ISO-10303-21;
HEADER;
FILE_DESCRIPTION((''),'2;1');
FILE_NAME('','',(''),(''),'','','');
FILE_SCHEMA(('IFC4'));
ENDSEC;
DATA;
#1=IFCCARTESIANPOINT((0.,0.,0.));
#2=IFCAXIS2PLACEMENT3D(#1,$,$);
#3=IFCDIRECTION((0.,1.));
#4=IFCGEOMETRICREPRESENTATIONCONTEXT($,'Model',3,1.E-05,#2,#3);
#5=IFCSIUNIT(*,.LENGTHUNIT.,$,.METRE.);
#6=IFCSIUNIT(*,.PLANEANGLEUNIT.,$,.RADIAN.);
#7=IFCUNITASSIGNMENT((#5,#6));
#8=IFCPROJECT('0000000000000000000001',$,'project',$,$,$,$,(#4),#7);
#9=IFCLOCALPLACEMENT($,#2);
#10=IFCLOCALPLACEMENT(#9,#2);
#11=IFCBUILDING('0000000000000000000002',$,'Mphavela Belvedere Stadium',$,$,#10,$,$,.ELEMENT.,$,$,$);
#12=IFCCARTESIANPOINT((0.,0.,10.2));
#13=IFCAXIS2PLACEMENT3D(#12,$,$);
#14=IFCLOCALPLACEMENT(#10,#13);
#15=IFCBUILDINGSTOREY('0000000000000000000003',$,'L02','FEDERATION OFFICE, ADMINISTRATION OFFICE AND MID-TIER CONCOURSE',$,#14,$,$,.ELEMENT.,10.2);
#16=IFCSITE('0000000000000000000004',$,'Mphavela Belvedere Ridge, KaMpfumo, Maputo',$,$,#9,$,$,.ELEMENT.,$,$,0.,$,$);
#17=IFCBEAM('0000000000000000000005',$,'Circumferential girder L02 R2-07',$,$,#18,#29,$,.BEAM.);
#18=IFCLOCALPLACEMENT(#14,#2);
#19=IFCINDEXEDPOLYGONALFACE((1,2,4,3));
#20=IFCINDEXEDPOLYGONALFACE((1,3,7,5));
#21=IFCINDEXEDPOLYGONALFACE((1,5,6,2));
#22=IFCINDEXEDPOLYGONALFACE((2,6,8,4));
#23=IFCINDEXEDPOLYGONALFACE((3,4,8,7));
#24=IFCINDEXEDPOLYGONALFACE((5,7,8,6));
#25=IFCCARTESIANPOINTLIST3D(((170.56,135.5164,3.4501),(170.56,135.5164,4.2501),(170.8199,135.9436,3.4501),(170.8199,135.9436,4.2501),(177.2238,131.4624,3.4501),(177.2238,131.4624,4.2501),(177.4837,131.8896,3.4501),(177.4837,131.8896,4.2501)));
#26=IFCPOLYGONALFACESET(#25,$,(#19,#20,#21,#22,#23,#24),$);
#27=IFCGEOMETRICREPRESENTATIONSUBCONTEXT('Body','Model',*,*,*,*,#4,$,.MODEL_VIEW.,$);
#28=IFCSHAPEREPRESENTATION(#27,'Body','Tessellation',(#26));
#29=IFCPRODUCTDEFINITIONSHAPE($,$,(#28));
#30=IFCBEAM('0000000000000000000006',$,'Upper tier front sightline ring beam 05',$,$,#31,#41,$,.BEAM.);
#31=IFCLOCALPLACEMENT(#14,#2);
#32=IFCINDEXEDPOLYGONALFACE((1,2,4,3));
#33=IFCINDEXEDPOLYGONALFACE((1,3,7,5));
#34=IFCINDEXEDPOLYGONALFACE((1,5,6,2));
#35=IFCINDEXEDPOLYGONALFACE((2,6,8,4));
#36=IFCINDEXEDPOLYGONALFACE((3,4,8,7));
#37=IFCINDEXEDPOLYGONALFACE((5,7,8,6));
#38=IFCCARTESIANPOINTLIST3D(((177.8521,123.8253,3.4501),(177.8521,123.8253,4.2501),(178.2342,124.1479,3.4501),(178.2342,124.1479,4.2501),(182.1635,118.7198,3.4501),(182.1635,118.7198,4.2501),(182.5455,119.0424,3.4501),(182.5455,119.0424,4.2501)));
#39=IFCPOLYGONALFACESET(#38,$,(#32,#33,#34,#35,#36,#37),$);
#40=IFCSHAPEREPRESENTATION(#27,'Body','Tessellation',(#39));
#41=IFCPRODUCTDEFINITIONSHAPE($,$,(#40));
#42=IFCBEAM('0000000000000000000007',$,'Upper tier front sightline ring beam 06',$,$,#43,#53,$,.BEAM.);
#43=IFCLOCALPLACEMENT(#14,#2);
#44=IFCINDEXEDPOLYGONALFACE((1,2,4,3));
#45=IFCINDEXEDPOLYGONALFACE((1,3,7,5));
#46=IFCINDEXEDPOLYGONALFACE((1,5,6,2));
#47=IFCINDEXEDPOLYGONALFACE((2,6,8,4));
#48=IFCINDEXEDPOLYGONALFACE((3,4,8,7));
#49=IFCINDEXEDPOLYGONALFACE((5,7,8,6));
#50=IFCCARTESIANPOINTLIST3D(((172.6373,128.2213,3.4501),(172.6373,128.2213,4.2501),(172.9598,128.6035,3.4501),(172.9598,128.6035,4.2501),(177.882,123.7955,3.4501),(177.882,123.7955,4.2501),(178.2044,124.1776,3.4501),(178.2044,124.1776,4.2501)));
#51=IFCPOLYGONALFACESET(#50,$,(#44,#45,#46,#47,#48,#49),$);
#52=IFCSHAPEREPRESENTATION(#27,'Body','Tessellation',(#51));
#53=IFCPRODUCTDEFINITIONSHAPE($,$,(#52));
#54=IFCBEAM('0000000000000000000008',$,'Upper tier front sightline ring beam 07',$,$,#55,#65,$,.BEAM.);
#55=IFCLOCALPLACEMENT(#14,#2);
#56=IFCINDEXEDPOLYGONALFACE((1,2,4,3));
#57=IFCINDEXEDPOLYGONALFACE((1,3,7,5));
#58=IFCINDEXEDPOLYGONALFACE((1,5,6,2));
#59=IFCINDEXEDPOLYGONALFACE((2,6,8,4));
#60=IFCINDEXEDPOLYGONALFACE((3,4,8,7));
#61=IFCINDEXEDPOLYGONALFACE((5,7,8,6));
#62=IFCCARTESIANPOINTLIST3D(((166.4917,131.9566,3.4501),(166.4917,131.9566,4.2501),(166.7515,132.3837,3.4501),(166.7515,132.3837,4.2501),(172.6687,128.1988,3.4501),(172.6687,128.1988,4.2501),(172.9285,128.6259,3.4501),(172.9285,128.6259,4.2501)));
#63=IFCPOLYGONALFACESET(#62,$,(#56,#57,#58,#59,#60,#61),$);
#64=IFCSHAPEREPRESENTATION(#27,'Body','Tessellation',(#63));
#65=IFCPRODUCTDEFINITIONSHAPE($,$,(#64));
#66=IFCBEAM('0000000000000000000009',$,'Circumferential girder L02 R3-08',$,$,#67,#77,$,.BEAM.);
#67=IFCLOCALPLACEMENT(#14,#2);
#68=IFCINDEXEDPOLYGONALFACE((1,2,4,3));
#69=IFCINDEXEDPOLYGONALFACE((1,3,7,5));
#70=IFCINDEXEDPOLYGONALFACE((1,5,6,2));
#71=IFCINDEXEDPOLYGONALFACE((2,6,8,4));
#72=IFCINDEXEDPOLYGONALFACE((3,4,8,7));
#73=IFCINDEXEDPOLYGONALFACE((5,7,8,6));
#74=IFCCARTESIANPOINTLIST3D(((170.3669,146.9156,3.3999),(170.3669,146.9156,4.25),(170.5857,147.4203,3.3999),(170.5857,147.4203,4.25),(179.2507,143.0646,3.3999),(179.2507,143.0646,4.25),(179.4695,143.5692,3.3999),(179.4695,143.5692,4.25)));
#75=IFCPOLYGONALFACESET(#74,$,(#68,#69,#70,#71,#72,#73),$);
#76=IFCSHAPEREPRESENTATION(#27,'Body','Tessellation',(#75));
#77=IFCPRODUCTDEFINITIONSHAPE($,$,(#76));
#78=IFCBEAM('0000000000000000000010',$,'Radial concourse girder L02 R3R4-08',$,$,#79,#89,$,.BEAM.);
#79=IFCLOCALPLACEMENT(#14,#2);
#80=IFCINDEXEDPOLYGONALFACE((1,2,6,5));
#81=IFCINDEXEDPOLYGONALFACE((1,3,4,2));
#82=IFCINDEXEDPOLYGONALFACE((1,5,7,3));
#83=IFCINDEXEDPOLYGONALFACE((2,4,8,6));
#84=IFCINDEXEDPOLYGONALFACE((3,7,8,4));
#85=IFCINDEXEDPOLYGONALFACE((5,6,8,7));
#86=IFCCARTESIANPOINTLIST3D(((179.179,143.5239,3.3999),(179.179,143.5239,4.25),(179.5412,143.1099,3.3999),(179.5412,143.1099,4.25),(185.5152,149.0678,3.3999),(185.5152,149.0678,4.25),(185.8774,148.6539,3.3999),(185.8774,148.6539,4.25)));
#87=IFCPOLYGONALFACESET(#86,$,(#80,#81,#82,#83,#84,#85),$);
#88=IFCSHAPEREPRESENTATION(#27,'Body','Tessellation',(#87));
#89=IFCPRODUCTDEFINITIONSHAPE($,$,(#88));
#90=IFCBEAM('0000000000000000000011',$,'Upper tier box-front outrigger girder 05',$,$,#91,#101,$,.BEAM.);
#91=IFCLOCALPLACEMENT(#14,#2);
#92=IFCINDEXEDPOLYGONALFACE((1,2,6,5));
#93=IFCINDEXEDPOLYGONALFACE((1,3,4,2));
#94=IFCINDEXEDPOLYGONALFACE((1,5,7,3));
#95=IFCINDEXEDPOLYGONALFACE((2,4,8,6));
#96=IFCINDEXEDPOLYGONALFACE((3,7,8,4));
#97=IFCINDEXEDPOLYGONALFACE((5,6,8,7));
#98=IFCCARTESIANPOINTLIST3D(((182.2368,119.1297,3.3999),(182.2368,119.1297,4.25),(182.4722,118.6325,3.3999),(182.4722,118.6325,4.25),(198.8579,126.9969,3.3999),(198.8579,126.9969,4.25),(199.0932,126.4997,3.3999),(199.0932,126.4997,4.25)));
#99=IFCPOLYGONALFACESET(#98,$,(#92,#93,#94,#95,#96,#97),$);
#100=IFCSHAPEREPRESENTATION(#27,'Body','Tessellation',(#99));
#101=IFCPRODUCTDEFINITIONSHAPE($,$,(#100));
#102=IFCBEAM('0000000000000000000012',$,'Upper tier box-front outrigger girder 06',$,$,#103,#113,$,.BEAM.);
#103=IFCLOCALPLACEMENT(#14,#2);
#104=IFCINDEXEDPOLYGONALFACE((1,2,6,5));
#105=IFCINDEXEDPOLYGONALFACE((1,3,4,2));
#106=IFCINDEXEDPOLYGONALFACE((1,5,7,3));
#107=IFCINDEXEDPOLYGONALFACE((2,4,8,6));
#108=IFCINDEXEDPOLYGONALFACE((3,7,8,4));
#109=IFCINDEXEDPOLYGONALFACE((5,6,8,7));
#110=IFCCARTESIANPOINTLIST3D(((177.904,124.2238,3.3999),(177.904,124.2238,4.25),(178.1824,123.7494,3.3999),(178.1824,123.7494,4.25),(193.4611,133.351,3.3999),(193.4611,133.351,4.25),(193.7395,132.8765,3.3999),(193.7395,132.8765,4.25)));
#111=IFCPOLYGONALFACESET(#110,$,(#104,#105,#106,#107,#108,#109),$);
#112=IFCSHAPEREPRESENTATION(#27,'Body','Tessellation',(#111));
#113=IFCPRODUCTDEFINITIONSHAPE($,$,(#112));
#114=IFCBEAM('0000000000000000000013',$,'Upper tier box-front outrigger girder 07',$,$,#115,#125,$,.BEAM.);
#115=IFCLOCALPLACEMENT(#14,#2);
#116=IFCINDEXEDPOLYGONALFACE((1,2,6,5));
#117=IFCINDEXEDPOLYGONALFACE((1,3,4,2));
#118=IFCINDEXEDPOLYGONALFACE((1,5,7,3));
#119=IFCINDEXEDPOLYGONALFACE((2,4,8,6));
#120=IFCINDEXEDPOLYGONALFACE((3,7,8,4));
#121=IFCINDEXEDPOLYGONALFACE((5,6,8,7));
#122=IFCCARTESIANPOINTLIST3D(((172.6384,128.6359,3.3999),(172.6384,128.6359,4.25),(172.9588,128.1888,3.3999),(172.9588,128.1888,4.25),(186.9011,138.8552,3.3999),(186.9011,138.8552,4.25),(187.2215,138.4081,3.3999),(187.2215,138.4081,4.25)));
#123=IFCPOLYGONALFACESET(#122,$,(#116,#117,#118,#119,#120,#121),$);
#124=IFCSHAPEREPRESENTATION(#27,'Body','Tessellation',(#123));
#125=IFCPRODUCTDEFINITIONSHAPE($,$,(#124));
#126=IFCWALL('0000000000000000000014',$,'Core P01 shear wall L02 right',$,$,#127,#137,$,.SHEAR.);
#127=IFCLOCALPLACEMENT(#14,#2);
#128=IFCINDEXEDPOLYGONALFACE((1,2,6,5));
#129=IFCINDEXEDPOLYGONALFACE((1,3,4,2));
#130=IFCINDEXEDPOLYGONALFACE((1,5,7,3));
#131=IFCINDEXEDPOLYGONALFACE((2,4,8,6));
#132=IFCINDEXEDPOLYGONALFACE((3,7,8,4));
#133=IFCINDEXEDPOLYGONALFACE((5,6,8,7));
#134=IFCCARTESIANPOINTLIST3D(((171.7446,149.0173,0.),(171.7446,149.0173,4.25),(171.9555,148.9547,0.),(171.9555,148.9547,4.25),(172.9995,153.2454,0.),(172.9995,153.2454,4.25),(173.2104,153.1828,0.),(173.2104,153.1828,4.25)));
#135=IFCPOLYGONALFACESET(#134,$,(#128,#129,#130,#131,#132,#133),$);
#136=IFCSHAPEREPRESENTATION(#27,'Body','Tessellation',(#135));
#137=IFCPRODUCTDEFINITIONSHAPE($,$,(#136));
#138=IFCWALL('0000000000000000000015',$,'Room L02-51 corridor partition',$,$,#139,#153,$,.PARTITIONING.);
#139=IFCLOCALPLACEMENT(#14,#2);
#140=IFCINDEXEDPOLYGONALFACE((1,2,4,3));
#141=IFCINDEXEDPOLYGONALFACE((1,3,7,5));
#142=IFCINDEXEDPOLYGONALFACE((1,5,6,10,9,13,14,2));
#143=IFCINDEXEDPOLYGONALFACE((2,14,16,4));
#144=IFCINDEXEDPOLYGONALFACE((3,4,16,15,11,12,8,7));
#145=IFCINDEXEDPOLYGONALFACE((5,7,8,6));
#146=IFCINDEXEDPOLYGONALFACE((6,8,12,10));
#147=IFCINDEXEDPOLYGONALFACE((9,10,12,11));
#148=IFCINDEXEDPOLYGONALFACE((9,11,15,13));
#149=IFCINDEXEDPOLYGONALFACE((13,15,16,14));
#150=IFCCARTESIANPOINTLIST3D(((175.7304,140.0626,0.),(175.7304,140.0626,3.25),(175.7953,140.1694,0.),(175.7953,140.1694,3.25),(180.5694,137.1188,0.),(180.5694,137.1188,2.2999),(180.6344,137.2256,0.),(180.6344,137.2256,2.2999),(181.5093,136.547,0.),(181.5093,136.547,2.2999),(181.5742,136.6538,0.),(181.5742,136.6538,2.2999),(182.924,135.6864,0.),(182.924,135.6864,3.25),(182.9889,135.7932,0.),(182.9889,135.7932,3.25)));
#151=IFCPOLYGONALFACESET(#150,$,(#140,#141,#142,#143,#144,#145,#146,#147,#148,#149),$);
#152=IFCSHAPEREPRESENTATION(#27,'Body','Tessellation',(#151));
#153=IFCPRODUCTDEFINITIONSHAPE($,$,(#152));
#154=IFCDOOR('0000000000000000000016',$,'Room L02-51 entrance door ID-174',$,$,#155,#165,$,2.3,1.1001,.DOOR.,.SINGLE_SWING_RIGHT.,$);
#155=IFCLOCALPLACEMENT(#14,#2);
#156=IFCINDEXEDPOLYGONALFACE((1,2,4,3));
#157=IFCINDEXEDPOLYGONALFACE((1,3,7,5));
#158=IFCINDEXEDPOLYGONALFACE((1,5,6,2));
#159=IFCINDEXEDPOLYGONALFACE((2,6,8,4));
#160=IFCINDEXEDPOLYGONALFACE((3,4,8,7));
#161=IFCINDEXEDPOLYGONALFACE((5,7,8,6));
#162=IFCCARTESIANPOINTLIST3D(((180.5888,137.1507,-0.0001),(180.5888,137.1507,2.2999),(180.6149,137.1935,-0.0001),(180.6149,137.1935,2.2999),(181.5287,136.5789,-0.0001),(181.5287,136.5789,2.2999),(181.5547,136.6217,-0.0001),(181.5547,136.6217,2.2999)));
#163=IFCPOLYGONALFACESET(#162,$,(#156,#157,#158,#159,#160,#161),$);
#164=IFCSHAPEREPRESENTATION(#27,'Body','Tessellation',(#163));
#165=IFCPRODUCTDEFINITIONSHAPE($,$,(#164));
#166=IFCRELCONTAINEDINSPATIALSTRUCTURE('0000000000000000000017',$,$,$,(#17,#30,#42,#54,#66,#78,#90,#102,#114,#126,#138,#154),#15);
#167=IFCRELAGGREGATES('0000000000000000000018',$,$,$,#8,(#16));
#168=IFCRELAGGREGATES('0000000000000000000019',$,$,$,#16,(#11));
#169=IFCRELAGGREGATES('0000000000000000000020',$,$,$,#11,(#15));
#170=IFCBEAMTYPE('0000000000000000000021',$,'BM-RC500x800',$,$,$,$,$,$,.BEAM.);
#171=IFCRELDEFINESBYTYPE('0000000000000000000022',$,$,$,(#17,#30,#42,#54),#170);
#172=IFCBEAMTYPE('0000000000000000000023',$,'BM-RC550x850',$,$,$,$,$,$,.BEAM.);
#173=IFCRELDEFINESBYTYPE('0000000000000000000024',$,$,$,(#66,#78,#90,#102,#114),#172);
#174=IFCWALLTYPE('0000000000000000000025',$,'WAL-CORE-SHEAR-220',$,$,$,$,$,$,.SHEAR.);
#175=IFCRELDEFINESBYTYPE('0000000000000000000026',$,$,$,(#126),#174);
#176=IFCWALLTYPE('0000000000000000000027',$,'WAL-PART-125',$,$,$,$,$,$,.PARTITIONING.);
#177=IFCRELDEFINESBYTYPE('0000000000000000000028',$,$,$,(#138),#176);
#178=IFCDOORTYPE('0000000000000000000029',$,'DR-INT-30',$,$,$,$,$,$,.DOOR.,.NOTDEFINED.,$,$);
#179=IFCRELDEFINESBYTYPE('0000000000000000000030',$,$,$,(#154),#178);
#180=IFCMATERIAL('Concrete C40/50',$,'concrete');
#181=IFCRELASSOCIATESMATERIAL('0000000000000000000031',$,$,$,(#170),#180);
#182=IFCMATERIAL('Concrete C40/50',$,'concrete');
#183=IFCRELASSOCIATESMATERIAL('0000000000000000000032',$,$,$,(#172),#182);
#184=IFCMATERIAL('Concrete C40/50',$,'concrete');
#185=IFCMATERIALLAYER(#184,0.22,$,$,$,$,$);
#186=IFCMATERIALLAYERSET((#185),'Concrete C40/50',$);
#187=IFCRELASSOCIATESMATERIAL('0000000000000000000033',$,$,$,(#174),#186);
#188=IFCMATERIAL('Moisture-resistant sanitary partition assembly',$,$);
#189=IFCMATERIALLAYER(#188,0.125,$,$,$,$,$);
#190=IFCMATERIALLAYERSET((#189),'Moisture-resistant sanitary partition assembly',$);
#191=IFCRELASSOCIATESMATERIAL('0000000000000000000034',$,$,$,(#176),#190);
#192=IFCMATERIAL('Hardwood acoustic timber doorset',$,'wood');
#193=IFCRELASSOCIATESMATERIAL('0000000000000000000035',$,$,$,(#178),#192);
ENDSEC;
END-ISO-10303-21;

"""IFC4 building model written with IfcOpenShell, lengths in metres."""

from ifc_helpers import new_model, si_unit, direction, frame, frame_2d, origin, origin_2d, place, context, subcontext, project, spatial, rectangle, extrude, material, layer, layer_set, material_profile, profile_set, type_object, element, fill, save


model = new_model("IFC4")

# Units and contexts
model_context = context("Model", 3, precision=1e-05, world=origin(), true_north=direction((0.0, 1.0)))
body_context = subcontext(model_context, "Body", "Model", "MODEL_VIEW")
ifc_project = project(units=[si_unit("LENGTHUNIT", "METRE"), si_unit("PLANEANGLEUNIT", "RADIAN")], contexts=[model_context])

# Site, building, storey
site_placement = place(None, origin())
site = spatial("IfcSite", under=ifc_project, at=site_placement, Name="Mphavela Belvedere Ridge, KaMpfumo, Maputo", CompositionType="ELEMENT", RefElevation=0.0)
building_placement = place(site_placement, origin())
building = spatial("IfcBuilding", under=site, at=building_placement, Name="Mphavela Belvedere Stadium", CompositionType="ELEMENT")
storey_placement = place(building_placement, frame((0.0, 0.0, 10.2)))
storey = spatial("IfcBuildingStorey", under=building, at=storey_placement, Name="L02", Description="FEDERATION OFFICE, ADMINISTRATION OFFICE AND MID-TIER CONCOURSE", CompositionType="ELEMENT", Elevation=10.2)

# Beams
ifc_material_1 = material(Name="Concrete C40/50", Category="concrete")
ifc_material_profile_1 = material_profile(ifc_material_1, rectangle(XDim=0.5, YDim=0.8, at=origin_2d()), Name="RC 500x800")
ifc_profile_set_1 = profile_set([ifc_material_profile_1], Name="Concrete C40/50")
beam_type_1 = type_object("IfcBeamType", Name="BM-RC500x800", PredefinedType="BEAM", material=ifc_profile_set_1)
beam_1_placement = place(storey_placement, frame((177.3538, 131.676, 3.8501), z_axis=(-0.854328, 0.519733, 0.0), x_axis=(-0.519733, -0.854328, 0.0)))
element("IfcBeam", 1, at=beam_1_placement, inside=storey, type_object=beam_type_1, Name="Circumferential girder L02 R2-07", PredefinedType="BEAM", context=body_context, shape_type="SweptSolid", body=[
    extrude(rectangle(XDim=0.5, YDim=0.8, at=origin_2d()), origin(), (0.0, 0.0, 1.0), 7.8),
])
beam_2_placement = place(storey_placement, frame((182.3545, 118.8811, 3.8501), z_axis=(-0.64518, 0.76403, 0.0), x_axis=(-0.76403, -0.64518, 0.0)))
element("IfcBeam", 2, at=beam_2_placement, inside=storey, type_object=beam_type_1, Name="Upper tier front sightline ring beam 05", PredefinedType="BEAM", context=body_context, shape_type="SweptSolid", body=[
    extrude(rectangle(XDim=0.5, YDim=0.8, at=origin_2d()), origin(), (0.0, 0.0, 1.0), 6.6824),
])
beam_3_placement = place(storey_placement, frame((178.0432, 123.9866, 3.8501), z_axis=(-0.764247, 0.644924, 0.0), x_axis=(-0.644924, -0.764247, 0.0)))
element("IfcBeam", 3, at=beam_3_placement, inside=storey, type_object=beam_type_1, Name="Upper tier front sightline ring beam 06", PredefinedType="BEAM", context=body_context, shape_type="SweptSolid", body=[
    extrude(rectangle(XDim=0.5, YDim=0.8, at=origin_2d()), origin(), (0.0, 0.0, 1.0), 6.8625),
])
beam_4_placement = place(storey_placement, frame((172.7986, 128.4124, 3.8501), z_axis=(-0.854328, 0.519735, 0.0), x_axis=(-0.519735, -0.854328, 0.0)))
element("IfcBeam", 4, at=beam_4_placement, inside=storey, type_object=beam_type_1, Name="Upper tier front sightline ring beam 07", PredefinedType="BEAM", context=body_context, shape_type="SweptSolid", body=[
    extrude(rectangle(XDim=0.5, YDim=0.8, at=origin_2d()), origin(), (0.0, 0.0, 1.0), 7.2302),
])
ifc_material_2 = material(Name="Concrete C40/50", Category="concrete")
ifc_material_profile_2 = material_profile(ifc_material_2, rectangle(XDim=0.55, YDim=0.8501, at=origin_2d()), Name="RC 550x850")
ifc_profile_set_2 = profile_set([ifc_material_profile_2], Name="Concrete C40/50")
beam_type_2 = type_object("IfcBeamType", Name="BM-RC550x850", PredefinedType="BEAM", material=ifc_profile_set_2)
beam_5_placement = place(storey_placement, frame((179.3601, 143.3169, 3.825), z_axis=(-0.917502, 0.397732, 0.0), x_axis=(-0.397732, -0.917502, 0.0)))
element("IfcBeam", 5, at=beam_5_placement, inside=storey, type_object=beam_type_2, Name="Circumferential girder L02 R3-08", PredefinedType="BEAM", context=body_context, shape_type="SweptSolid", body=[
    extrude(rectangle(XDim=0.55, YDim=0.8501, at=origin_2d()), origin(), (0.0, 0.0, 1.0), 9.6826),
])
beam_6_placement = place(storey_placement, frame((179.3601, 143.3169, 3.825), z_axis=(0.752589, 0.65849, 0.0), x_axis=(-0.65849, 0.752589, 0.0)))
element("IfcBeam", 6, at=beam_6_placement, inside=storey, type_object=beam_type_2, Name="Radial concourse girder L02 R3R4-08", PredefinedType="BEAM", context=body_context, shape_type="SweptSolid", body=[
    extrude(rectangle(XDim=0.55, YDim=0.8501, at=origin_2d()), origin(), (0.0, 0.0, 1.0), 8.4192),
])
beam_7_placement = place(storey_placement, frame((182.3545, 118.8811, 3.825), z_axis=(0.903863, 0.427822, 0.0), x_axis=(-0.427822, 0.903863, 0.0)))
element("IfcBeam", 7, at=beam_7_placement, inside=storey, type_object=beam_type_2, Name="Upper tier box-front outrigger girder 05", PredefinedType="BEAM", context=body_context, shape_type="SweptSolid", body=[
    extrude(rectangle(XDim=0.55, YDim=0.8501, at=origin_2d()), origin(), (0.0, 0.0, 1.0), 18.3889),
])
beam_8_placement = place(storey_placement, frame((178.0432, 123.9866, 3.825), z_axis=(0.862516, 0.506029, 0.0), x_axis=(-0.506029, 0.862516, 0.0)))
element("IfcBeam", 8, at=beam_8_placement, inside=storey, type_object=beam_type_2, Name="Upper tier box-front outrigger girder 06", PredefinedType="BEAM", context=body_context, shape_type="SweptSolid", body=[
    extrude(rectangle(XDim=0.55, YDim=0.8501, at=origin_2d()), origin(), (0.0, 0.0, 1.0), 18.0369),
])
beam_9_placement = place(storey_placement, frame((172.7986, 128.4124, 3.825), z_axis=(0.812881, 0.58243, 0.0), x_axis=(-0.58243, 0.812881, 0.0)))
element("IfcBeam", 9, at=beam_9_placement, inside=storey, type_object=beam_type_2, Name="Upper tier box-front outrigger girder 07", PredefinedType="BEAM", context=body_context, shape_type="SweptSolid", body=[
    extrude(rectangle(XDim=0.55, YDim=0.8501, at=origin_2d()), origin(), (0.0, 0.0, 1.0), 17.5459),
])

# Wall
ifc_material_3 = material(Name="Concrete C40/50", Category="concrete")
ifc_layer_1 = layer(ifc_material_3, 0.22)
ifc_layer_set_1 = layer_set([ifc_layer_1], Name="Concrete C40/50")
wall_type_1 = type_object("IfcWallType", Name="WAL-CORE-SHEAR-220", PredefinedType="SHEAR", material=ifc_layer_set_1)
wall_1_placement = place(storey_placement, frame((171.8501, 148.9861, 0.0), z_axis=(0.0, 0.0, 1.0), x_axis=(0.284533, 0.958666, 0.0)))
element("IfcWall", 10, at=wall_1_placement, inside=storey, type_object=wall_type_1, Name="Core P01 shear wall L02 right", PredefinedType="SHEAR", context=body_context, shape_type="SweptSolid", body=[
    extrude(rectangle(XDim=4.4104, YDim=0.22, at=frame_2d((2.2051, 0.0))), origin(), (0.0, 0.0, 1.0), 4.25),
])

# Wall, opening, door
ifc_material_4 = material(Name="Moisture-resistant sanitary partition assembly")
ifc_layer_2 = layer(ifc_material_4, 0.125)
ifc_layer_set_2 = layer_set([ifc_layer_2], Name="Moisture-resistant sanitary partition assembly")
wall_type_2 = type_object("IfcWallType", Name="WAL-PART-125", PredefinedType="PARTITIONING", material=ifc_layer_set_2)
wall_2_placement = place(storey_placement, frame((175.7629, 140.116, 0.0), z_axis=(0.0, 0.0, 1.0), x_axis=(0.85433, -0.519731, 0.0)))
wall_2 = element("IfcWall", 11, at=wall_2_placement, inside=storey, type_object=wall_type_2, Name="Room L02-51 corridor partition", PredefinedType="PARTITIONING", context=body_context, shape_type="SweptSolid", body=[
    extrude(rectangle(XDim=8.4202, YDim=0.125, at=frame_2d((4.21, 0.0))), origin(), (0.0, 0.0, 1.0), 3.25),
])
opening_1_placement = place(wall_2_placement, frame((5.6641, 0.0, 0.0)))
opening_1 = element("IfcOpeningElement", 12, at=opening_1_placement, cuts=wall_2, PredefinedType="OPENING", context=body_context, shape_type="SweptSolid", body=[
    extrude(rectangle(XDim=1.1001, YDim=2.3, at=frame_2d((0.55, 1.1499))), frame((0.0, 0.0725, 0.0), z_axis=(0.0, -1.0, 0.0), x_axis=(1.0, 0.0, 0.0)), (0.0, 0.0, 1.0), 0.145),
])
ifc_material_5 = material(Name="Hardwood acoustic timber doorset", Category="wood")
door_type_1 = type_object("IfcDoorType", Name="DR-INT-30", OperationType="NOTDEFINED", PredefinedType="DOOR", material=ifc_material_5)
door_1_placement = place(opening_1_placement, origin())
door_1 = element("IfcDoor", 13, at=door_1_placement, inside=storey, type_object=door_type_1, Name="Room L02-51 entrance door ID-174", OperationType="SINGLE_SWING_RIGHT", OverallHeight=2.3, OverallWidth=1.1001, PredefinedType="DOOR", context=body_context, shape_type="SweptSolid", body=[
    extrude(rectangle(XDim=1.1001, YDim=2.3, at=frame_2d((0.55, 1.1499))), frame((0.0, 0.0249, 0.0), z_axis=(0.0, -1.0, 0.0), x_axis=(1.0, 0.0, 0.0)), (0.0, 0.0, 1.0), 0.05),
])
fill(opening_1, door_1)

save(model, "model.ifc")
